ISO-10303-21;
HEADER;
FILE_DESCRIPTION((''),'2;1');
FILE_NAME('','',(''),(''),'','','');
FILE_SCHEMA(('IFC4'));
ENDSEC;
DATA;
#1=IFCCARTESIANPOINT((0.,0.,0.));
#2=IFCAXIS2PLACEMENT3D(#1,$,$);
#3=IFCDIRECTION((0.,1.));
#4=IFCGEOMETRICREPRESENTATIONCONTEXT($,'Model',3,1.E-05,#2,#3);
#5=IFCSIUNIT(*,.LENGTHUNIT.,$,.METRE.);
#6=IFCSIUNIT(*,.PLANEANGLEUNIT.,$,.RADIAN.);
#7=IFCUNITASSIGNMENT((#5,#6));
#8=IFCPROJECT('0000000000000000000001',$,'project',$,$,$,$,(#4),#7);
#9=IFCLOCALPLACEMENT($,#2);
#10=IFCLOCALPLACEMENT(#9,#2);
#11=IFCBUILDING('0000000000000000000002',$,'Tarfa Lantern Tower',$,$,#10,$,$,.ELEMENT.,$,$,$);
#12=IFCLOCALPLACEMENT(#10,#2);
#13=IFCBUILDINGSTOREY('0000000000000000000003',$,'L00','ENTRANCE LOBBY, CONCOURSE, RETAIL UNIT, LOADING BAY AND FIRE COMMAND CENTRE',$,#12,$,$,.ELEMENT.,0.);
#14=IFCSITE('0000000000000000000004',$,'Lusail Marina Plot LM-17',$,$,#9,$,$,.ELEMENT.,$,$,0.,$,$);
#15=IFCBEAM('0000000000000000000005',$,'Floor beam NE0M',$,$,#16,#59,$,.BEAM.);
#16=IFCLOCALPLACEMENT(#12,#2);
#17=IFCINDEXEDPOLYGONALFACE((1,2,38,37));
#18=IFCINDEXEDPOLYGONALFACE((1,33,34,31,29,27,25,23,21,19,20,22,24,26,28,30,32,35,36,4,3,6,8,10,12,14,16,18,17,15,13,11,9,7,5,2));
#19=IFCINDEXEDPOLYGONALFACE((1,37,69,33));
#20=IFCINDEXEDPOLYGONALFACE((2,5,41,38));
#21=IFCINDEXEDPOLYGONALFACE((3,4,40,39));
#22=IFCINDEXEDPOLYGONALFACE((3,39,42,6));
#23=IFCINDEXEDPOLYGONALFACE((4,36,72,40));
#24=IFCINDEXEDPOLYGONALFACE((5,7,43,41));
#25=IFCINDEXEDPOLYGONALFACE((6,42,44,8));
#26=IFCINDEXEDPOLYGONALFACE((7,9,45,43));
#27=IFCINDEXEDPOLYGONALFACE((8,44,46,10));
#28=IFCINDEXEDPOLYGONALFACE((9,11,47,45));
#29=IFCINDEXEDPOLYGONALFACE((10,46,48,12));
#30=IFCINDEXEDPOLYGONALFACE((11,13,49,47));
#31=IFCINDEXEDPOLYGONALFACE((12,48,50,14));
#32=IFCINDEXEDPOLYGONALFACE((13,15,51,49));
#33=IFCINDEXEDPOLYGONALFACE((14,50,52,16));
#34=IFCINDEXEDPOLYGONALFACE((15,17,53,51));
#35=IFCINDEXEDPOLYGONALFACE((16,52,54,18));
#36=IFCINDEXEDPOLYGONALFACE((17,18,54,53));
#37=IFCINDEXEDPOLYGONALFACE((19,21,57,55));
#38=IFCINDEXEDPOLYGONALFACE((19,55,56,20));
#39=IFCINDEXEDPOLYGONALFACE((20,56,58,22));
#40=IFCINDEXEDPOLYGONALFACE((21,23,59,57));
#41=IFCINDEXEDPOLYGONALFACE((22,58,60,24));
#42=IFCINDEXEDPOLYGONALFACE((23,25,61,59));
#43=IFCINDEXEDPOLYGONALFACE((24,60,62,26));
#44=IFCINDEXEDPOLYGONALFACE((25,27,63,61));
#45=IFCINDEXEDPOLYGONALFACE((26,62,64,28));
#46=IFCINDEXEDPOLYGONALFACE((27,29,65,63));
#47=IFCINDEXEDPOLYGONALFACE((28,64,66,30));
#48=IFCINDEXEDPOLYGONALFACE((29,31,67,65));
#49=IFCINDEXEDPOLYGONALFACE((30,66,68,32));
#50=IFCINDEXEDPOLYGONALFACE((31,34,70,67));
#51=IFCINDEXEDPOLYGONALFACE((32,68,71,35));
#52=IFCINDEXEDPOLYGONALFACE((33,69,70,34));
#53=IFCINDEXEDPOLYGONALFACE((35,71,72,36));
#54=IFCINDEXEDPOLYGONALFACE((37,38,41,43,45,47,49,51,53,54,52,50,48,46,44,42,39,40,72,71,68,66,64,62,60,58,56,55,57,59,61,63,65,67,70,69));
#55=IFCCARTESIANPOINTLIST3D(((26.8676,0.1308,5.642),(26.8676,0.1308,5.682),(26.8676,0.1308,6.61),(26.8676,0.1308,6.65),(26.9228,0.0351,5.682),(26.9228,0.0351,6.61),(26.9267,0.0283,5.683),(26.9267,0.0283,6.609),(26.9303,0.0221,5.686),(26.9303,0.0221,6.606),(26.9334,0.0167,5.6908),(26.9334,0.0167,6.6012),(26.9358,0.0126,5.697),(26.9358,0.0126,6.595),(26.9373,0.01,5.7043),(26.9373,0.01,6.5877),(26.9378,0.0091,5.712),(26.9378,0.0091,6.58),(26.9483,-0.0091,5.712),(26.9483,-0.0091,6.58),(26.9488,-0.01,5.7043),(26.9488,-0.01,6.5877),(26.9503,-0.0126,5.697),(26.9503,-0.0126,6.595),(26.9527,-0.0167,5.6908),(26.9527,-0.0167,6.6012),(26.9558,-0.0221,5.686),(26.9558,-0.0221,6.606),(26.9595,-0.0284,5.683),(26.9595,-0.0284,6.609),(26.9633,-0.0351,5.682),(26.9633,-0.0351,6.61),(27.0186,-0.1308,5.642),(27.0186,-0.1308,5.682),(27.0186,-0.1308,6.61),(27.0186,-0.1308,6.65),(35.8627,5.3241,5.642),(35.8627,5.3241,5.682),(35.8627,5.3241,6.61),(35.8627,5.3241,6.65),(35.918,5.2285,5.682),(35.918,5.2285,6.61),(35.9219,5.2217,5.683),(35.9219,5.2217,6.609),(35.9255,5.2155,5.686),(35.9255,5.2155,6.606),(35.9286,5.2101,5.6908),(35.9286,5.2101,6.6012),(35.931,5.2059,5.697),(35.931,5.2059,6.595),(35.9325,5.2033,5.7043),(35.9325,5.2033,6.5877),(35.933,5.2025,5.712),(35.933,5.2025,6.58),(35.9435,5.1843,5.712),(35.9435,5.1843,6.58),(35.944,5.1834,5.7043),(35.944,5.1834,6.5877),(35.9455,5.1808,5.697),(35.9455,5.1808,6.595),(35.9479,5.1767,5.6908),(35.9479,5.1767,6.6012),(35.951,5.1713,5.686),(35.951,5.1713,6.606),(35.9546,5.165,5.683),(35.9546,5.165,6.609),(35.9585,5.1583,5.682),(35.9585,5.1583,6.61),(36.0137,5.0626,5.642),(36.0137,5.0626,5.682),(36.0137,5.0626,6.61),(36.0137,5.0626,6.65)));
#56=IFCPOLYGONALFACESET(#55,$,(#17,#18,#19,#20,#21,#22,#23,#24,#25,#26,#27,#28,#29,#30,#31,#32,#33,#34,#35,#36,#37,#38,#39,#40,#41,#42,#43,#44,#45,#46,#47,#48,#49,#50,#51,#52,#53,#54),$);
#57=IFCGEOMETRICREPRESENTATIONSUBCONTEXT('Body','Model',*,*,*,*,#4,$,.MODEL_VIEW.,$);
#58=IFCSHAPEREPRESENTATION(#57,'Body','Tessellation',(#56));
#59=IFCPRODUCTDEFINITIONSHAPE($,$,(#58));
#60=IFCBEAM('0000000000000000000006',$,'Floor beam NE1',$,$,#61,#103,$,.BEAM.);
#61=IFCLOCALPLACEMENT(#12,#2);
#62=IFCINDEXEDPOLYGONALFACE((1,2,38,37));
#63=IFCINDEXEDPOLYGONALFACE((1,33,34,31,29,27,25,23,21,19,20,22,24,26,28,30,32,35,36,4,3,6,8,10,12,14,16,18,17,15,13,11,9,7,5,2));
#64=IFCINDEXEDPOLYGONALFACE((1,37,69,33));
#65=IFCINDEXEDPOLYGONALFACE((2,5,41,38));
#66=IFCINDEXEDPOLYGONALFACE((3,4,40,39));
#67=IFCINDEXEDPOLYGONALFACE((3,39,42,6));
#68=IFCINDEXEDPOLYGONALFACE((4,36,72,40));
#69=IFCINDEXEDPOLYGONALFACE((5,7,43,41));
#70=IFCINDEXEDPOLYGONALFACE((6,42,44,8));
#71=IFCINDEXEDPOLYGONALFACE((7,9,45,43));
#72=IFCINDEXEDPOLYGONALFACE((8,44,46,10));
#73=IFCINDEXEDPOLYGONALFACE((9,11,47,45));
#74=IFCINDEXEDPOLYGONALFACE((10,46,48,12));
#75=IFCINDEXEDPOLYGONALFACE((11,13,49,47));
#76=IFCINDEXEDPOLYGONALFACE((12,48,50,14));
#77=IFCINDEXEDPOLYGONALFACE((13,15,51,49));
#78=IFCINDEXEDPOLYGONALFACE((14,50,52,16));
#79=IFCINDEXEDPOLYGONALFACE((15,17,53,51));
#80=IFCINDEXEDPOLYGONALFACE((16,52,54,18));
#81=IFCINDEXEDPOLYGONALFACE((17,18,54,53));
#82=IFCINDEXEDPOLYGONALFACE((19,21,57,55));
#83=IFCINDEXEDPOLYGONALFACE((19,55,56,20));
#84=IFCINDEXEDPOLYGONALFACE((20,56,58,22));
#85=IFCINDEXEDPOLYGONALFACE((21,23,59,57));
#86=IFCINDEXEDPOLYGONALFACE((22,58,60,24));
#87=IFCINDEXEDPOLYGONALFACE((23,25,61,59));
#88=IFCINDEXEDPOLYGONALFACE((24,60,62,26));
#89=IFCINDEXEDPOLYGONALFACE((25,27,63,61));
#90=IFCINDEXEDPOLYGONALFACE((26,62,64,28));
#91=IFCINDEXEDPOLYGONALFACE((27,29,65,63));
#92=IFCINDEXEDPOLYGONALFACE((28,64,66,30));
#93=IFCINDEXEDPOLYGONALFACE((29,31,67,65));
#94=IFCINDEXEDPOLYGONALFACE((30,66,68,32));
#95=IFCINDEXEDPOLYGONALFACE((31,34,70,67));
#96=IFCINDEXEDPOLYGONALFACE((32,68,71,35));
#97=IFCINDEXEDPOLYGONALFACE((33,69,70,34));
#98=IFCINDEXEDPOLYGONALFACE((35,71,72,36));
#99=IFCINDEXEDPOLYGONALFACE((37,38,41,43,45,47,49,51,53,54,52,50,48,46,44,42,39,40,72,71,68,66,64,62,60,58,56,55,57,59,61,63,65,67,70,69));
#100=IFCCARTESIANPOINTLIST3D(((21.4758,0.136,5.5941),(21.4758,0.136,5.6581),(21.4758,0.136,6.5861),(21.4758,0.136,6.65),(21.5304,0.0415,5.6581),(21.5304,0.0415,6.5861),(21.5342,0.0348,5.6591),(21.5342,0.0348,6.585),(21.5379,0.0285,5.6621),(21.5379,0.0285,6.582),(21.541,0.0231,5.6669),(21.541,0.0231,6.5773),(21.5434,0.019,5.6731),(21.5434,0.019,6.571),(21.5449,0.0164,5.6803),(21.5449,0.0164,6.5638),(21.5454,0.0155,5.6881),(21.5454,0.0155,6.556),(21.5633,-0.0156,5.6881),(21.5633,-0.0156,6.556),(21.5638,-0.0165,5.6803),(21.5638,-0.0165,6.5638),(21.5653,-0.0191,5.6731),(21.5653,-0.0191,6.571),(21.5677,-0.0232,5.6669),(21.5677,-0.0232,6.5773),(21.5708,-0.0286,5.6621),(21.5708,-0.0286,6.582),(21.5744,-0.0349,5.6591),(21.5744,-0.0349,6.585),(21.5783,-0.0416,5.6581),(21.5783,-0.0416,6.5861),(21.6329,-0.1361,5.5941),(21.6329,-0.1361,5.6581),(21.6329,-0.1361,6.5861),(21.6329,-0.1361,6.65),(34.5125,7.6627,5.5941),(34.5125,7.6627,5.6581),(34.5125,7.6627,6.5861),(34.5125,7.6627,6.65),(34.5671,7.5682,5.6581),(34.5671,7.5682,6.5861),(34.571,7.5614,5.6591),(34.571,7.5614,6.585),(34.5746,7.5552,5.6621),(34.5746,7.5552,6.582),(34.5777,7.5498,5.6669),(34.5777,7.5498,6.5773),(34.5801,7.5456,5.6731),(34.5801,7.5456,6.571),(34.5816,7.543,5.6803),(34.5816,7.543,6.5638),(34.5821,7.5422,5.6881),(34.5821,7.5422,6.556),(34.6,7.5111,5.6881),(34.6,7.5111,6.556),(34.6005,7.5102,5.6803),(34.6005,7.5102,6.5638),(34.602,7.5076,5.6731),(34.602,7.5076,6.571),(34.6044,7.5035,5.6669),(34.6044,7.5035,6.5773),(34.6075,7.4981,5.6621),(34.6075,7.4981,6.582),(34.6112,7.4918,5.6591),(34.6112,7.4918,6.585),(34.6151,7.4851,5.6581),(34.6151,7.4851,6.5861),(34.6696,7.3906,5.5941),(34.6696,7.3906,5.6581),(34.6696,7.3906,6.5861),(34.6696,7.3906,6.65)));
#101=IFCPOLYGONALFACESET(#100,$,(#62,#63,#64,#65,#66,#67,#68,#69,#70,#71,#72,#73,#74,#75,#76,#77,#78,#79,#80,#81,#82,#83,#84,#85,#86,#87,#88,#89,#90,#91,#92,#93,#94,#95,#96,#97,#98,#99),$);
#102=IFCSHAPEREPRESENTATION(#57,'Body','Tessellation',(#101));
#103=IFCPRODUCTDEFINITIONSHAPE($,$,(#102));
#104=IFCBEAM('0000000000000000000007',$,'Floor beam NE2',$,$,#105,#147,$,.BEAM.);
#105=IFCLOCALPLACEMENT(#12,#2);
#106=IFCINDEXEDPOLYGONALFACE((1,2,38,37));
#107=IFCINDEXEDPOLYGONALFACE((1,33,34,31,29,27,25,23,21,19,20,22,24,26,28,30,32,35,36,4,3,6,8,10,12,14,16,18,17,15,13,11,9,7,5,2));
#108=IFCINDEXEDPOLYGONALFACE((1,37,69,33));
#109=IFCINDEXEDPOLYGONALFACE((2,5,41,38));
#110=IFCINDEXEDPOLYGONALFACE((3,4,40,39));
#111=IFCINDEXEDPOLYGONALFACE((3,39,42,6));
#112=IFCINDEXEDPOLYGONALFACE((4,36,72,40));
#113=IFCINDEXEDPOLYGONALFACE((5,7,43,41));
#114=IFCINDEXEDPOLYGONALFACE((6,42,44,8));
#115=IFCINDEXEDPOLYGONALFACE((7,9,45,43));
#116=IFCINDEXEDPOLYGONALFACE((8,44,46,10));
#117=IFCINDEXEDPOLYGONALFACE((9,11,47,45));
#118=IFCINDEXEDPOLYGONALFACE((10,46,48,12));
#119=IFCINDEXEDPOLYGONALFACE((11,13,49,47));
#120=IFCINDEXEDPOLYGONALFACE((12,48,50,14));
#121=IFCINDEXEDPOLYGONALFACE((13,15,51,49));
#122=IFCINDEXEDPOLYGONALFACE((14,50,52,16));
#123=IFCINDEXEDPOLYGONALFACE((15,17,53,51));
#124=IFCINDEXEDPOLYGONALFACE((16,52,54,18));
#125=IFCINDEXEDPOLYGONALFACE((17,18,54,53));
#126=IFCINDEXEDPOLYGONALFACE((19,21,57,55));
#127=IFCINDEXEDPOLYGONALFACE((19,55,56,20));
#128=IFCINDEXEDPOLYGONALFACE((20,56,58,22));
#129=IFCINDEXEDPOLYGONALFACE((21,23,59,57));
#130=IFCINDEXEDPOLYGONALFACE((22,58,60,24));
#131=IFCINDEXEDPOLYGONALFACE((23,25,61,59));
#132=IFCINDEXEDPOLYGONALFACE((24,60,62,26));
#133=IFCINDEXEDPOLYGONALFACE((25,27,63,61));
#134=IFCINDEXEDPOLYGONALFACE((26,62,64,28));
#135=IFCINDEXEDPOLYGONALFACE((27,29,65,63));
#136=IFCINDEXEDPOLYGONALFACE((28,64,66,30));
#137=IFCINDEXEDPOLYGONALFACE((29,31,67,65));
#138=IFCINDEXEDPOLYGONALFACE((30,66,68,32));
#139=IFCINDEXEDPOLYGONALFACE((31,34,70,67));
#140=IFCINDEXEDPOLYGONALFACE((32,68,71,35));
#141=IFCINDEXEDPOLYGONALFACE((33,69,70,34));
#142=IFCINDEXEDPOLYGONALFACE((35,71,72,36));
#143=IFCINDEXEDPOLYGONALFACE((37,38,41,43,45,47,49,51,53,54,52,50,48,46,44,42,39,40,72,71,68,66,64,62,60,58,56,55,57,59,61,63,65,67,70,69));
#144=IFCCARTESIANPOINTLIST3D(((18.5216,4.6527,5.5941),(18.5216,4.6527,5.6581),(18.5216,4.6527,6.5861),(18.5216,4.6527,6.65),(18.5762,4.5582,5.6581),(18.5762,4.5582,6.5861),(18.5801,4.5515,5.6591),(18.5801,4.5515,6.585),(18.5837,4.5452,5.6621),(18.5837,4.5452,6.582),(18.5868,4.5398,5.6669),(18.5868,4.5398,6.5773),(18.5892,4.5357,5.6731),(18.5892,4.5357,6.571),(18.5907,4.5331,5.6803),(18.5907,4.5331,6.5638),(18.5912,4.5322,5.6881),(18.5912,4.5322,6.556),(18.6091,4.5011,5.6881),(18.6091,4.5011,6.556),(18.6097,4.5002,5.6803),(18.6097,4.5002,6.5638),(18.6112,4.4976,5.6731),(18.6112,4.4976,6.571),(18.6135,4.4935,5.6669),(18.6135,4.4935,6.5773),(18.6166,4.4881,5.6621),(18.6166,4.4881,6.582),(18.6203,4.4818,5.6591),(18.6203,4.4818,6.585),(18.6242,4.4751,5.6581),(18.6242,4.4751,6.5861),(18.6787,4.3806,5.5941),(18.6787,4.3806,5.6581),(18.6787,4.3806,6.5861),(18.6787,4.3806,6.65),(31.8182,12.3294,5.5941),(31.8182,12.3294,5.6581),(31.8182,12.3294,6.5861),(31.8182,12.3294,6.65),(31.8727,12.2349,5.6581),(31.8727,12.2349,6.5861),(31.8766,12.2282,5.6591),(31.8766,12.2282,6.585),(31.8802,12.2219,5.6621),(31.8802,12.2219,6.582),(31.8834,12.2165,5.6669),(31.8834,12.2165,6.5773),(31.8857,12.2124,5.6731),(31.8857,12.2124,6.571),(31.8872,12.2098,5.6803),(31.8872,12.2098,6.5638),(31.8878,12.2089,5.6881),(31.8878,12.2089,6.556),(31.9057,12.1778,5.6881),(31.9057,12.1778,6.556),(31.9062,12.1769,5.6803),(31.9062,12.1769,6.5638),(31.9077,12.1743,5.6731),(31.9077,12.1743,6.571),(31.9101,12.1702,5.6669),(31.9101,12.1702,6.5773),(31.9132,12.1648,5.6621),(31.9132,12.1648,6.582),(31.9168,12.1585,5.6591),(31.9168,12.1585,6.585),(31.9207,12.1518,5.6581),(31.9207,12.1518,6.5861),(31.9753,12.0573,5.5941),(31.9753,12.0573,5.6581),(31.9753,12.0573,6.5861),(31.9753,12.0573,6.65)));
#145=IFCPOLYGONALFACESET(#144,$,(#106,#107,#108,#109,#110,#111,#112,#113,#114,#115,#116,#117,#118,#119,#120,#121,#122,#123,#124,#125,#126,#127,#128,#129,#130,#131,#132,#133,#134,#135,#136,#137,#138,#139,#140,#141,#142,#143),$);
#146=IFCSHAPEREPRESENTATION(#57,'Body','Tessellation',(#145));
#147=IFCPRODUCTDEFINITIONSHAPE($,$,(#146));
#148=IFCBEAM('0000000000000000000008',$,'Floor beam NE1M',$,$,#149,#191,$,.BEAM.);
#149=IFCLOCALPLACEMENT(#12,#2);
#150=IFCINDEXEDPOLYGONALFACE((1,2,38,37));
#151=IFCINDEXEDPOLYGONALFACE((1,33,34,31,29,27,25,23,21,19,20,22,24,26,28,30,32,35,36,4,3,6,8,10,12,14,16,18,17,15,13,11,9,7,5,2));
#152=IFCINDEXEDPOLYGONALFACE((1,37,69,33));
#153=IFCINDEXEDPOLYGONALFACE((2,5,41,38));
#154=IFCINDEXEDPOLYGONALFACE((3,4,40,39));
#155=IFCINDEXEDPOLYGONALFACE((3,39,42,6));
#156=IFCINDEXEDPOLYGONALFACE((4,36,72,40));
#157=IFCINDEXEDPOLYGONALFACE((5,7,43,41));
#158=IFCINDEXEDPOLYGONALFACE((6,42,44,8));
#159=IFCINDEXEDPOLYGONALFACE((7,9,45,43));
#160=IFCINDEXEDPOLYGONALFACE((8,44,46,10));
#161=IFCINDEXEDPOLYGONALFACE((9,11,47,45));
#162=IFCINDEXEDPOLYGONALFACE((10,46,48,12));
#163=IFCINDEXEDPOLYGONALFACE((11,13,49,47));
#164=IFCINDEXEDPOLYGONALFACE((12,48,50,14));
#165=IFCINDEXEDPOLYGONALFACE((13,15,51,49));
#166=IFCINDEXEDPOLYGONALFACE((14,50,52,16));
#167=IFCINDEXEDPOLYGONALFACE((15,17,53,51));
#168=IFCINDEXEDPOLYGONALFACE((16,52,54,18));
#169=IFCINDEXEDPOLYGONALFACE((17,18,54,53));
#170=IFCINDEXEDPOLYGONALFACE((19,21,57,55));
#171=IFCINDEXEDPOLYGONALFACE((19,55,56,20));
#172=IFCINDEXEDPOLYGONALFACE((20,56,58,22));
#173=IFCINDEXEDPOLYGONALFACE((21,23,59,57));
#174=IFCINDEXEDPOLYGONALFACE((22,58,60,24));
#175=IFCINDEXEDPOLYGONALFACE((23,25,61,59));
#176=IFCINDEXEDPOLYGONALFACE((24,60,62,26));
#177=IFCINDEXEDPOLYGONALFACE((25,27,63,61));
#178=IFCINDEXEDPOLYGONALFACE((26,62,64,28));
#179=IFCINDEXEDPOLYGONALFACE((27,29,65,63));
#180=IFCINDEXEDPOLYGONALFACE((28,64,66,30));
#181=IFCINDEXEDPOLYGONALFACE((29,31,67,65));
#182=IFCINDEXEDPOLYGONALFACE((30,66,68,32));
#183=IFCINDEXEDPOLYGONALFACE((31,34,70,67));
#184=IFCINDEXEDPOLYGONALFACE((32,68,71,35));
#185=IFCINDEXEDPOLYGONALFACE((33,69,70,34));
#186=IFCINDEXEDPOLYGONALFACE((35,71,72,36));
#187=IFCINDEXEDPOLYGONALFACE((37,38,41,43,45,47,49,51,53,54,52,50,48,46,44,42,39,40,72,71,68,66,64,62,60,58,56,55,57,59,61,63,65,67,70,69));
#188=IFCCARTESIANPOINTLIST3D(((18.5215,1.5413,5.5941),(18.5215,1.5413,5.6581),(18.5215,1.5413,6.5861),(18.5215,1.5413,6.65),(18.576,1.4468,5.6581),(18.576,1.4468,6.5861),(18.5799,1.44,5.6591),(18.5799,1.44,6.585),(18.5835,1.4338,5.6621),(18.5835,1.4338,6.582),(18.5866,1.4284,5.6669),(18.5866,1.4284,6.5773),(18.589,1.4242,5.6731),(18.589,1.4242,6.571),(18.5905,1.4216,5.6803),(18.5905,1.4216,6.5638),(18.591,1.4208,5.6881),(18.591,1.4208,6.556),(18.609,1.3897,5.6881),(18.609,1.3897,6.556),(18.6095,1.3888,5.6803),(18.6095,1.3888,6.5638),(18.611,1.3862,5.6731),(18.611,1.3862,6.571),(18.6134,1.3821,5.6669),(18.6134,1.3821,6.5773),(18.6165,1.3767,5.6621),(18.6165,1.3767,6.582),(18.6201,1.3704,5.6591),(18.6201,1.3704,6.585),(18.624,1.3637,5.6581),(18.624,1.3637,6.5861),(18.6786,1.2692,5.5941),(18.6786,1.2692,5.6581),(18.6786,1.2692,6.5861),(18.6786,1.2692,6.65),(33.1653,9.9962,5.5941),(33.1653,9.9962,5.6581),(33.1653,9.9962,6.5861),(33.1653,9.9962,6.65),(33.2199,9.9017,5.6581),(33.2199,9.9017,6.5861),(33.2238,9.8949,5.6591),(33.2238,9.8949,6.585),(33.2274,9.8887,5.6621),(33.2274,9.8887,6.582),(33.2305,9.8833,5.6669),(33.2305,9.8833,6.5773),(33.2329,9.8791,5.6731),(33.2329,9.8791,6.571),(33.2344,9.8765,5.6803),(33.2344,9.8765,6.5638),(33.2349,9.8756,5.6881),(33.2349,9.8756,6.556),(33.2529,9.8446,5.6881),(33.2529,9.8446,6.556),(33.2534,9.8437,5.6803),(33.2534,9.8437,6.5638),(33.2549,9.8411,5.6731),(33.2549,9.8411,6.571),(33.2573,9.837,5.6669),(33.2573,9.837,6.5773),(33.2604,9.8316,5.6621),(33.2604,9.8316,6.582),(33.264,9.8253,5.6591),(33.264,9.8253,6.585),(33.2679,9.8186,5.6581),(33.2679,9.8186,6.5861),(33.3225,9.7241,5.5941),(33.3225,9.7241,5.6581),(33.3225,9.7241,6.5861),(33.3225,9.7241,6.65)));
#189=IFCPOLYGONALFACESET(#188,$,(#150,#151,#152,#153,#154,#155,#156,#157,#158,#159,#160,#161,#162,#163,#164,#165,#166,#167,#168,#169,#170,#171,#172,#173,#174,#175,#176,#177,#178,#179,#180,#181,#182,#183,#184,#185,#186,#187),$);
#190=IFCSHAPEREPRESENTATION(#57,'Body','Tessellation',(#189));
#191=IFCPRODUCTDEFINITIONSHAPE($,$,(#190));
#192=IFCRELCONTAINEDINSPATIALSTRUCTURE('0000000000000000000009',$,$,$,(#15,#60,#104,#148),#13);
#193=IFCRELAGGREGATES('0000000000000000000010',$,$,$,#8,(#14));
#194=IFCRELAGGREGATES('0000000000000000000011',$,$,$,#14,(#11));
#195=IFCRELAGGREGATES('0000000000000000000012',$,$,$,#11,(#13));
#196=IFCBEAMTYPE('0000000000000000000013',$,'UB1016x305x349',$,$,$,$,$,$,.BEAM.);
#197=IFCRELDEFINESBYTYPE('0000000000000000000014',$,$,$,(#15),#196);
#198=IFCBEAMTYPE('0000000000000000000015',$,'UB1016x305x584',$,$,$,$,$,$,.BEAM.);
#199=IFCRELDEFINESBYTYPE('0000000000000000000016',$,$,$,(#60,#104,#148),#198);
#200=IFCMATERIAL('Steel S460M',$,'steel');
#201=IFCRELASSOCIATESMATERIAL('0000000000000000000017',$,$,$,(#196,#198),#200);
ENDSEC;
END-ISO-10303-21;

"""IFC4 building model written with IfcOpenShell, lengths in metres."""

from ifc_helpers import new_model, si_unit, direction, frame, origin, origin_2d, place, context, subcontext, project, spatial, i_section, extrude, material, material_profile, profile_set, type_object, element, save


model = new_model("IFC4")

# Units and contexts
model_context = context("Model", 3, precision=1e-05, world=origin(), true_north=direction((0.0, 1.0)))
body_context = subcontext(model_context, "Body", "Model", "MODEL_VIEW")
ifc_project = project(units=[si_unit("LENGTHUNIT", "METRE"), si_unit("PLANEANGLEUNIT", "RADIAN")], contexts=[model_context])

# Site, building, storey
site_placement = place(None, origin())
site = spatial("IfcSite", under=ifc_project, at=site_placement, Name="Lusail Marina Plot LM-17", CompositionType="ELEMENT", RefElevation=0.0)
building_placement = place(site_placement, origin())
building = spatial("IfcBuilding", under=site, at=building_placement, Name="Tarfa Lantern Tower", CompositionType="ELEMENT")
storey_placement = place(building_placement, origin())
storey = spatial("IfcBuildingStorey", under=building, at=storey_placement, Name="L00", Description="ENTRANCE LOBBY, CONCOURSE, RETAIL UNIT, LOADING BAY AND FIRE COMMAND CENTRE", CompositionType="ELEMENT", Elevation=0.0)

# Beams
ifc_material_1 = material(Name="Steel S460M", Category="steel")
ifc_material_profile_1 = material_profile(ifc_material_1, i_section(OverallWidth=0.302, OverallDepth=1.0081, WebThickness=0.021, FlangeThickness=0.04, FilletRadius=0.03, at=origin_2d()), Name="UB1016x305x349")
ifc_profile_set_1 = profile_set([ifc_material_profile_1], Name="Steel S460M")
beam_type_1 = type_object("IfcBeamType", Name="UB1016x305x349", PredefinedType="BEAM", material=ifc_profile_set_1)
beam_1_placement = place(storey_placement, frame((35.9382, 5.1934, 6.146), z_axis=(-0.866024, -0.500002, 0.0), x_axis=(0.500002, -0.866024, 0.0)))
element("IfcBeam", 1, at=beam_1_placement, inside=storey, type_object=beam_type_1, Name="Floor beam NE0M", PredefinedType="BEAM", context=body_context, shape_type="SweptSolid", body=[
    extrude(i_section(OverallWidth=0.302, OverallDepth=1.0081, WebThickness=0.021, FlangeThickness=0.04, FilletRadius=0.03, at=origin_2d()), origin(), (0.0, 0.0, 1.0), 10.3867),
])
ifc_material_profile_2 = material_profile(ifc_material_1, i_section(OverallWidth=0.3142, OverallDepth=1.0559, WebThickness=0.0359, FlangeThickness=0.064, FilletRadius=0.03, at=origin_2d()), Name="UB1016x305x584")
ifc_profile_set_2 = profile_set([ifc_material_profile_2], Name="Steel S460M")
beam_type_2 = type_object("IfcBeamType", Name="UB1016x305x584", PredefinedType="BEAM", material=ifc_profile_set_2)
beam_2_placement = place(storey_placement, frame((34.5911, 7.5266, 6.1221), z_axis=(-0.866028, -0.499996, 0.0), x_axis=(0.499996, -0.866028, 0.0)))
element("IfcBeam", 2, at=beam_2_placement, inside=storey, type_object=beam_type_2, Name="Floor beam NE1", PredefinedType="BEAM", context=body_context, shape_type="SweptSolid", body=[
    extrude(i_section(OverallWidth=0.3142, OverallDepth=1.0559, WebThickness=0.0359, FlangeThickness=0.064, FilletRadius=0.03, at=origin_2d()), origin(), (0.0, 0.0, 1.0), 15.0535),
])
beam_3_placement = place(storey_placement, frame((31.8967, 12.1934, 6.1221), z_axis=(-0.866027, -0.499997, 0.0), x_axis=(0.499997, -0.866027, 0.0)))
element("IfcBeam", 3, at=beam_3_placement, inside=storey, type_object=beam_type_2, Name="Floor beam NE2", PredefinedType="BEAM", context=body_context, shape_type="SweptSolid", body=[
    extrude(i_section(OverallWidth=0.3142, OverallDepth=1.0559, WebThickness=0.0359, FlangeThickness=0.064, FilletRadius=0.03, at=origin_2d()), origin(), (0.0, 0.0, 1.0), 15.3535),
])
beam_4_placement = place(storey_placement, frame((33.2439, 9.8601, 6.1221), z_axis=(-0.866019, -0.50001, 0.0), x_axis=(0.50001, -0.866019, 0.0)))
element("IfcBeam", 4, at=beam_4_placement, inside=storey, type_object=beam_type_2, Name="Floor beam NE1M", PredefinedType="BEAM", context=body_context, shape_type="SweptSolid", body=[
    extrude(i_section(OverallWidth=0.3142, OverallDepth=1.0559, WebThickness=0.0359, FlangeThickness=0.064, FilletRadius=0.03, at=origin_2d()), origin(), (0.0, 0.0, 1.0), 16.9094),
])

save(model, "model.ifc")
